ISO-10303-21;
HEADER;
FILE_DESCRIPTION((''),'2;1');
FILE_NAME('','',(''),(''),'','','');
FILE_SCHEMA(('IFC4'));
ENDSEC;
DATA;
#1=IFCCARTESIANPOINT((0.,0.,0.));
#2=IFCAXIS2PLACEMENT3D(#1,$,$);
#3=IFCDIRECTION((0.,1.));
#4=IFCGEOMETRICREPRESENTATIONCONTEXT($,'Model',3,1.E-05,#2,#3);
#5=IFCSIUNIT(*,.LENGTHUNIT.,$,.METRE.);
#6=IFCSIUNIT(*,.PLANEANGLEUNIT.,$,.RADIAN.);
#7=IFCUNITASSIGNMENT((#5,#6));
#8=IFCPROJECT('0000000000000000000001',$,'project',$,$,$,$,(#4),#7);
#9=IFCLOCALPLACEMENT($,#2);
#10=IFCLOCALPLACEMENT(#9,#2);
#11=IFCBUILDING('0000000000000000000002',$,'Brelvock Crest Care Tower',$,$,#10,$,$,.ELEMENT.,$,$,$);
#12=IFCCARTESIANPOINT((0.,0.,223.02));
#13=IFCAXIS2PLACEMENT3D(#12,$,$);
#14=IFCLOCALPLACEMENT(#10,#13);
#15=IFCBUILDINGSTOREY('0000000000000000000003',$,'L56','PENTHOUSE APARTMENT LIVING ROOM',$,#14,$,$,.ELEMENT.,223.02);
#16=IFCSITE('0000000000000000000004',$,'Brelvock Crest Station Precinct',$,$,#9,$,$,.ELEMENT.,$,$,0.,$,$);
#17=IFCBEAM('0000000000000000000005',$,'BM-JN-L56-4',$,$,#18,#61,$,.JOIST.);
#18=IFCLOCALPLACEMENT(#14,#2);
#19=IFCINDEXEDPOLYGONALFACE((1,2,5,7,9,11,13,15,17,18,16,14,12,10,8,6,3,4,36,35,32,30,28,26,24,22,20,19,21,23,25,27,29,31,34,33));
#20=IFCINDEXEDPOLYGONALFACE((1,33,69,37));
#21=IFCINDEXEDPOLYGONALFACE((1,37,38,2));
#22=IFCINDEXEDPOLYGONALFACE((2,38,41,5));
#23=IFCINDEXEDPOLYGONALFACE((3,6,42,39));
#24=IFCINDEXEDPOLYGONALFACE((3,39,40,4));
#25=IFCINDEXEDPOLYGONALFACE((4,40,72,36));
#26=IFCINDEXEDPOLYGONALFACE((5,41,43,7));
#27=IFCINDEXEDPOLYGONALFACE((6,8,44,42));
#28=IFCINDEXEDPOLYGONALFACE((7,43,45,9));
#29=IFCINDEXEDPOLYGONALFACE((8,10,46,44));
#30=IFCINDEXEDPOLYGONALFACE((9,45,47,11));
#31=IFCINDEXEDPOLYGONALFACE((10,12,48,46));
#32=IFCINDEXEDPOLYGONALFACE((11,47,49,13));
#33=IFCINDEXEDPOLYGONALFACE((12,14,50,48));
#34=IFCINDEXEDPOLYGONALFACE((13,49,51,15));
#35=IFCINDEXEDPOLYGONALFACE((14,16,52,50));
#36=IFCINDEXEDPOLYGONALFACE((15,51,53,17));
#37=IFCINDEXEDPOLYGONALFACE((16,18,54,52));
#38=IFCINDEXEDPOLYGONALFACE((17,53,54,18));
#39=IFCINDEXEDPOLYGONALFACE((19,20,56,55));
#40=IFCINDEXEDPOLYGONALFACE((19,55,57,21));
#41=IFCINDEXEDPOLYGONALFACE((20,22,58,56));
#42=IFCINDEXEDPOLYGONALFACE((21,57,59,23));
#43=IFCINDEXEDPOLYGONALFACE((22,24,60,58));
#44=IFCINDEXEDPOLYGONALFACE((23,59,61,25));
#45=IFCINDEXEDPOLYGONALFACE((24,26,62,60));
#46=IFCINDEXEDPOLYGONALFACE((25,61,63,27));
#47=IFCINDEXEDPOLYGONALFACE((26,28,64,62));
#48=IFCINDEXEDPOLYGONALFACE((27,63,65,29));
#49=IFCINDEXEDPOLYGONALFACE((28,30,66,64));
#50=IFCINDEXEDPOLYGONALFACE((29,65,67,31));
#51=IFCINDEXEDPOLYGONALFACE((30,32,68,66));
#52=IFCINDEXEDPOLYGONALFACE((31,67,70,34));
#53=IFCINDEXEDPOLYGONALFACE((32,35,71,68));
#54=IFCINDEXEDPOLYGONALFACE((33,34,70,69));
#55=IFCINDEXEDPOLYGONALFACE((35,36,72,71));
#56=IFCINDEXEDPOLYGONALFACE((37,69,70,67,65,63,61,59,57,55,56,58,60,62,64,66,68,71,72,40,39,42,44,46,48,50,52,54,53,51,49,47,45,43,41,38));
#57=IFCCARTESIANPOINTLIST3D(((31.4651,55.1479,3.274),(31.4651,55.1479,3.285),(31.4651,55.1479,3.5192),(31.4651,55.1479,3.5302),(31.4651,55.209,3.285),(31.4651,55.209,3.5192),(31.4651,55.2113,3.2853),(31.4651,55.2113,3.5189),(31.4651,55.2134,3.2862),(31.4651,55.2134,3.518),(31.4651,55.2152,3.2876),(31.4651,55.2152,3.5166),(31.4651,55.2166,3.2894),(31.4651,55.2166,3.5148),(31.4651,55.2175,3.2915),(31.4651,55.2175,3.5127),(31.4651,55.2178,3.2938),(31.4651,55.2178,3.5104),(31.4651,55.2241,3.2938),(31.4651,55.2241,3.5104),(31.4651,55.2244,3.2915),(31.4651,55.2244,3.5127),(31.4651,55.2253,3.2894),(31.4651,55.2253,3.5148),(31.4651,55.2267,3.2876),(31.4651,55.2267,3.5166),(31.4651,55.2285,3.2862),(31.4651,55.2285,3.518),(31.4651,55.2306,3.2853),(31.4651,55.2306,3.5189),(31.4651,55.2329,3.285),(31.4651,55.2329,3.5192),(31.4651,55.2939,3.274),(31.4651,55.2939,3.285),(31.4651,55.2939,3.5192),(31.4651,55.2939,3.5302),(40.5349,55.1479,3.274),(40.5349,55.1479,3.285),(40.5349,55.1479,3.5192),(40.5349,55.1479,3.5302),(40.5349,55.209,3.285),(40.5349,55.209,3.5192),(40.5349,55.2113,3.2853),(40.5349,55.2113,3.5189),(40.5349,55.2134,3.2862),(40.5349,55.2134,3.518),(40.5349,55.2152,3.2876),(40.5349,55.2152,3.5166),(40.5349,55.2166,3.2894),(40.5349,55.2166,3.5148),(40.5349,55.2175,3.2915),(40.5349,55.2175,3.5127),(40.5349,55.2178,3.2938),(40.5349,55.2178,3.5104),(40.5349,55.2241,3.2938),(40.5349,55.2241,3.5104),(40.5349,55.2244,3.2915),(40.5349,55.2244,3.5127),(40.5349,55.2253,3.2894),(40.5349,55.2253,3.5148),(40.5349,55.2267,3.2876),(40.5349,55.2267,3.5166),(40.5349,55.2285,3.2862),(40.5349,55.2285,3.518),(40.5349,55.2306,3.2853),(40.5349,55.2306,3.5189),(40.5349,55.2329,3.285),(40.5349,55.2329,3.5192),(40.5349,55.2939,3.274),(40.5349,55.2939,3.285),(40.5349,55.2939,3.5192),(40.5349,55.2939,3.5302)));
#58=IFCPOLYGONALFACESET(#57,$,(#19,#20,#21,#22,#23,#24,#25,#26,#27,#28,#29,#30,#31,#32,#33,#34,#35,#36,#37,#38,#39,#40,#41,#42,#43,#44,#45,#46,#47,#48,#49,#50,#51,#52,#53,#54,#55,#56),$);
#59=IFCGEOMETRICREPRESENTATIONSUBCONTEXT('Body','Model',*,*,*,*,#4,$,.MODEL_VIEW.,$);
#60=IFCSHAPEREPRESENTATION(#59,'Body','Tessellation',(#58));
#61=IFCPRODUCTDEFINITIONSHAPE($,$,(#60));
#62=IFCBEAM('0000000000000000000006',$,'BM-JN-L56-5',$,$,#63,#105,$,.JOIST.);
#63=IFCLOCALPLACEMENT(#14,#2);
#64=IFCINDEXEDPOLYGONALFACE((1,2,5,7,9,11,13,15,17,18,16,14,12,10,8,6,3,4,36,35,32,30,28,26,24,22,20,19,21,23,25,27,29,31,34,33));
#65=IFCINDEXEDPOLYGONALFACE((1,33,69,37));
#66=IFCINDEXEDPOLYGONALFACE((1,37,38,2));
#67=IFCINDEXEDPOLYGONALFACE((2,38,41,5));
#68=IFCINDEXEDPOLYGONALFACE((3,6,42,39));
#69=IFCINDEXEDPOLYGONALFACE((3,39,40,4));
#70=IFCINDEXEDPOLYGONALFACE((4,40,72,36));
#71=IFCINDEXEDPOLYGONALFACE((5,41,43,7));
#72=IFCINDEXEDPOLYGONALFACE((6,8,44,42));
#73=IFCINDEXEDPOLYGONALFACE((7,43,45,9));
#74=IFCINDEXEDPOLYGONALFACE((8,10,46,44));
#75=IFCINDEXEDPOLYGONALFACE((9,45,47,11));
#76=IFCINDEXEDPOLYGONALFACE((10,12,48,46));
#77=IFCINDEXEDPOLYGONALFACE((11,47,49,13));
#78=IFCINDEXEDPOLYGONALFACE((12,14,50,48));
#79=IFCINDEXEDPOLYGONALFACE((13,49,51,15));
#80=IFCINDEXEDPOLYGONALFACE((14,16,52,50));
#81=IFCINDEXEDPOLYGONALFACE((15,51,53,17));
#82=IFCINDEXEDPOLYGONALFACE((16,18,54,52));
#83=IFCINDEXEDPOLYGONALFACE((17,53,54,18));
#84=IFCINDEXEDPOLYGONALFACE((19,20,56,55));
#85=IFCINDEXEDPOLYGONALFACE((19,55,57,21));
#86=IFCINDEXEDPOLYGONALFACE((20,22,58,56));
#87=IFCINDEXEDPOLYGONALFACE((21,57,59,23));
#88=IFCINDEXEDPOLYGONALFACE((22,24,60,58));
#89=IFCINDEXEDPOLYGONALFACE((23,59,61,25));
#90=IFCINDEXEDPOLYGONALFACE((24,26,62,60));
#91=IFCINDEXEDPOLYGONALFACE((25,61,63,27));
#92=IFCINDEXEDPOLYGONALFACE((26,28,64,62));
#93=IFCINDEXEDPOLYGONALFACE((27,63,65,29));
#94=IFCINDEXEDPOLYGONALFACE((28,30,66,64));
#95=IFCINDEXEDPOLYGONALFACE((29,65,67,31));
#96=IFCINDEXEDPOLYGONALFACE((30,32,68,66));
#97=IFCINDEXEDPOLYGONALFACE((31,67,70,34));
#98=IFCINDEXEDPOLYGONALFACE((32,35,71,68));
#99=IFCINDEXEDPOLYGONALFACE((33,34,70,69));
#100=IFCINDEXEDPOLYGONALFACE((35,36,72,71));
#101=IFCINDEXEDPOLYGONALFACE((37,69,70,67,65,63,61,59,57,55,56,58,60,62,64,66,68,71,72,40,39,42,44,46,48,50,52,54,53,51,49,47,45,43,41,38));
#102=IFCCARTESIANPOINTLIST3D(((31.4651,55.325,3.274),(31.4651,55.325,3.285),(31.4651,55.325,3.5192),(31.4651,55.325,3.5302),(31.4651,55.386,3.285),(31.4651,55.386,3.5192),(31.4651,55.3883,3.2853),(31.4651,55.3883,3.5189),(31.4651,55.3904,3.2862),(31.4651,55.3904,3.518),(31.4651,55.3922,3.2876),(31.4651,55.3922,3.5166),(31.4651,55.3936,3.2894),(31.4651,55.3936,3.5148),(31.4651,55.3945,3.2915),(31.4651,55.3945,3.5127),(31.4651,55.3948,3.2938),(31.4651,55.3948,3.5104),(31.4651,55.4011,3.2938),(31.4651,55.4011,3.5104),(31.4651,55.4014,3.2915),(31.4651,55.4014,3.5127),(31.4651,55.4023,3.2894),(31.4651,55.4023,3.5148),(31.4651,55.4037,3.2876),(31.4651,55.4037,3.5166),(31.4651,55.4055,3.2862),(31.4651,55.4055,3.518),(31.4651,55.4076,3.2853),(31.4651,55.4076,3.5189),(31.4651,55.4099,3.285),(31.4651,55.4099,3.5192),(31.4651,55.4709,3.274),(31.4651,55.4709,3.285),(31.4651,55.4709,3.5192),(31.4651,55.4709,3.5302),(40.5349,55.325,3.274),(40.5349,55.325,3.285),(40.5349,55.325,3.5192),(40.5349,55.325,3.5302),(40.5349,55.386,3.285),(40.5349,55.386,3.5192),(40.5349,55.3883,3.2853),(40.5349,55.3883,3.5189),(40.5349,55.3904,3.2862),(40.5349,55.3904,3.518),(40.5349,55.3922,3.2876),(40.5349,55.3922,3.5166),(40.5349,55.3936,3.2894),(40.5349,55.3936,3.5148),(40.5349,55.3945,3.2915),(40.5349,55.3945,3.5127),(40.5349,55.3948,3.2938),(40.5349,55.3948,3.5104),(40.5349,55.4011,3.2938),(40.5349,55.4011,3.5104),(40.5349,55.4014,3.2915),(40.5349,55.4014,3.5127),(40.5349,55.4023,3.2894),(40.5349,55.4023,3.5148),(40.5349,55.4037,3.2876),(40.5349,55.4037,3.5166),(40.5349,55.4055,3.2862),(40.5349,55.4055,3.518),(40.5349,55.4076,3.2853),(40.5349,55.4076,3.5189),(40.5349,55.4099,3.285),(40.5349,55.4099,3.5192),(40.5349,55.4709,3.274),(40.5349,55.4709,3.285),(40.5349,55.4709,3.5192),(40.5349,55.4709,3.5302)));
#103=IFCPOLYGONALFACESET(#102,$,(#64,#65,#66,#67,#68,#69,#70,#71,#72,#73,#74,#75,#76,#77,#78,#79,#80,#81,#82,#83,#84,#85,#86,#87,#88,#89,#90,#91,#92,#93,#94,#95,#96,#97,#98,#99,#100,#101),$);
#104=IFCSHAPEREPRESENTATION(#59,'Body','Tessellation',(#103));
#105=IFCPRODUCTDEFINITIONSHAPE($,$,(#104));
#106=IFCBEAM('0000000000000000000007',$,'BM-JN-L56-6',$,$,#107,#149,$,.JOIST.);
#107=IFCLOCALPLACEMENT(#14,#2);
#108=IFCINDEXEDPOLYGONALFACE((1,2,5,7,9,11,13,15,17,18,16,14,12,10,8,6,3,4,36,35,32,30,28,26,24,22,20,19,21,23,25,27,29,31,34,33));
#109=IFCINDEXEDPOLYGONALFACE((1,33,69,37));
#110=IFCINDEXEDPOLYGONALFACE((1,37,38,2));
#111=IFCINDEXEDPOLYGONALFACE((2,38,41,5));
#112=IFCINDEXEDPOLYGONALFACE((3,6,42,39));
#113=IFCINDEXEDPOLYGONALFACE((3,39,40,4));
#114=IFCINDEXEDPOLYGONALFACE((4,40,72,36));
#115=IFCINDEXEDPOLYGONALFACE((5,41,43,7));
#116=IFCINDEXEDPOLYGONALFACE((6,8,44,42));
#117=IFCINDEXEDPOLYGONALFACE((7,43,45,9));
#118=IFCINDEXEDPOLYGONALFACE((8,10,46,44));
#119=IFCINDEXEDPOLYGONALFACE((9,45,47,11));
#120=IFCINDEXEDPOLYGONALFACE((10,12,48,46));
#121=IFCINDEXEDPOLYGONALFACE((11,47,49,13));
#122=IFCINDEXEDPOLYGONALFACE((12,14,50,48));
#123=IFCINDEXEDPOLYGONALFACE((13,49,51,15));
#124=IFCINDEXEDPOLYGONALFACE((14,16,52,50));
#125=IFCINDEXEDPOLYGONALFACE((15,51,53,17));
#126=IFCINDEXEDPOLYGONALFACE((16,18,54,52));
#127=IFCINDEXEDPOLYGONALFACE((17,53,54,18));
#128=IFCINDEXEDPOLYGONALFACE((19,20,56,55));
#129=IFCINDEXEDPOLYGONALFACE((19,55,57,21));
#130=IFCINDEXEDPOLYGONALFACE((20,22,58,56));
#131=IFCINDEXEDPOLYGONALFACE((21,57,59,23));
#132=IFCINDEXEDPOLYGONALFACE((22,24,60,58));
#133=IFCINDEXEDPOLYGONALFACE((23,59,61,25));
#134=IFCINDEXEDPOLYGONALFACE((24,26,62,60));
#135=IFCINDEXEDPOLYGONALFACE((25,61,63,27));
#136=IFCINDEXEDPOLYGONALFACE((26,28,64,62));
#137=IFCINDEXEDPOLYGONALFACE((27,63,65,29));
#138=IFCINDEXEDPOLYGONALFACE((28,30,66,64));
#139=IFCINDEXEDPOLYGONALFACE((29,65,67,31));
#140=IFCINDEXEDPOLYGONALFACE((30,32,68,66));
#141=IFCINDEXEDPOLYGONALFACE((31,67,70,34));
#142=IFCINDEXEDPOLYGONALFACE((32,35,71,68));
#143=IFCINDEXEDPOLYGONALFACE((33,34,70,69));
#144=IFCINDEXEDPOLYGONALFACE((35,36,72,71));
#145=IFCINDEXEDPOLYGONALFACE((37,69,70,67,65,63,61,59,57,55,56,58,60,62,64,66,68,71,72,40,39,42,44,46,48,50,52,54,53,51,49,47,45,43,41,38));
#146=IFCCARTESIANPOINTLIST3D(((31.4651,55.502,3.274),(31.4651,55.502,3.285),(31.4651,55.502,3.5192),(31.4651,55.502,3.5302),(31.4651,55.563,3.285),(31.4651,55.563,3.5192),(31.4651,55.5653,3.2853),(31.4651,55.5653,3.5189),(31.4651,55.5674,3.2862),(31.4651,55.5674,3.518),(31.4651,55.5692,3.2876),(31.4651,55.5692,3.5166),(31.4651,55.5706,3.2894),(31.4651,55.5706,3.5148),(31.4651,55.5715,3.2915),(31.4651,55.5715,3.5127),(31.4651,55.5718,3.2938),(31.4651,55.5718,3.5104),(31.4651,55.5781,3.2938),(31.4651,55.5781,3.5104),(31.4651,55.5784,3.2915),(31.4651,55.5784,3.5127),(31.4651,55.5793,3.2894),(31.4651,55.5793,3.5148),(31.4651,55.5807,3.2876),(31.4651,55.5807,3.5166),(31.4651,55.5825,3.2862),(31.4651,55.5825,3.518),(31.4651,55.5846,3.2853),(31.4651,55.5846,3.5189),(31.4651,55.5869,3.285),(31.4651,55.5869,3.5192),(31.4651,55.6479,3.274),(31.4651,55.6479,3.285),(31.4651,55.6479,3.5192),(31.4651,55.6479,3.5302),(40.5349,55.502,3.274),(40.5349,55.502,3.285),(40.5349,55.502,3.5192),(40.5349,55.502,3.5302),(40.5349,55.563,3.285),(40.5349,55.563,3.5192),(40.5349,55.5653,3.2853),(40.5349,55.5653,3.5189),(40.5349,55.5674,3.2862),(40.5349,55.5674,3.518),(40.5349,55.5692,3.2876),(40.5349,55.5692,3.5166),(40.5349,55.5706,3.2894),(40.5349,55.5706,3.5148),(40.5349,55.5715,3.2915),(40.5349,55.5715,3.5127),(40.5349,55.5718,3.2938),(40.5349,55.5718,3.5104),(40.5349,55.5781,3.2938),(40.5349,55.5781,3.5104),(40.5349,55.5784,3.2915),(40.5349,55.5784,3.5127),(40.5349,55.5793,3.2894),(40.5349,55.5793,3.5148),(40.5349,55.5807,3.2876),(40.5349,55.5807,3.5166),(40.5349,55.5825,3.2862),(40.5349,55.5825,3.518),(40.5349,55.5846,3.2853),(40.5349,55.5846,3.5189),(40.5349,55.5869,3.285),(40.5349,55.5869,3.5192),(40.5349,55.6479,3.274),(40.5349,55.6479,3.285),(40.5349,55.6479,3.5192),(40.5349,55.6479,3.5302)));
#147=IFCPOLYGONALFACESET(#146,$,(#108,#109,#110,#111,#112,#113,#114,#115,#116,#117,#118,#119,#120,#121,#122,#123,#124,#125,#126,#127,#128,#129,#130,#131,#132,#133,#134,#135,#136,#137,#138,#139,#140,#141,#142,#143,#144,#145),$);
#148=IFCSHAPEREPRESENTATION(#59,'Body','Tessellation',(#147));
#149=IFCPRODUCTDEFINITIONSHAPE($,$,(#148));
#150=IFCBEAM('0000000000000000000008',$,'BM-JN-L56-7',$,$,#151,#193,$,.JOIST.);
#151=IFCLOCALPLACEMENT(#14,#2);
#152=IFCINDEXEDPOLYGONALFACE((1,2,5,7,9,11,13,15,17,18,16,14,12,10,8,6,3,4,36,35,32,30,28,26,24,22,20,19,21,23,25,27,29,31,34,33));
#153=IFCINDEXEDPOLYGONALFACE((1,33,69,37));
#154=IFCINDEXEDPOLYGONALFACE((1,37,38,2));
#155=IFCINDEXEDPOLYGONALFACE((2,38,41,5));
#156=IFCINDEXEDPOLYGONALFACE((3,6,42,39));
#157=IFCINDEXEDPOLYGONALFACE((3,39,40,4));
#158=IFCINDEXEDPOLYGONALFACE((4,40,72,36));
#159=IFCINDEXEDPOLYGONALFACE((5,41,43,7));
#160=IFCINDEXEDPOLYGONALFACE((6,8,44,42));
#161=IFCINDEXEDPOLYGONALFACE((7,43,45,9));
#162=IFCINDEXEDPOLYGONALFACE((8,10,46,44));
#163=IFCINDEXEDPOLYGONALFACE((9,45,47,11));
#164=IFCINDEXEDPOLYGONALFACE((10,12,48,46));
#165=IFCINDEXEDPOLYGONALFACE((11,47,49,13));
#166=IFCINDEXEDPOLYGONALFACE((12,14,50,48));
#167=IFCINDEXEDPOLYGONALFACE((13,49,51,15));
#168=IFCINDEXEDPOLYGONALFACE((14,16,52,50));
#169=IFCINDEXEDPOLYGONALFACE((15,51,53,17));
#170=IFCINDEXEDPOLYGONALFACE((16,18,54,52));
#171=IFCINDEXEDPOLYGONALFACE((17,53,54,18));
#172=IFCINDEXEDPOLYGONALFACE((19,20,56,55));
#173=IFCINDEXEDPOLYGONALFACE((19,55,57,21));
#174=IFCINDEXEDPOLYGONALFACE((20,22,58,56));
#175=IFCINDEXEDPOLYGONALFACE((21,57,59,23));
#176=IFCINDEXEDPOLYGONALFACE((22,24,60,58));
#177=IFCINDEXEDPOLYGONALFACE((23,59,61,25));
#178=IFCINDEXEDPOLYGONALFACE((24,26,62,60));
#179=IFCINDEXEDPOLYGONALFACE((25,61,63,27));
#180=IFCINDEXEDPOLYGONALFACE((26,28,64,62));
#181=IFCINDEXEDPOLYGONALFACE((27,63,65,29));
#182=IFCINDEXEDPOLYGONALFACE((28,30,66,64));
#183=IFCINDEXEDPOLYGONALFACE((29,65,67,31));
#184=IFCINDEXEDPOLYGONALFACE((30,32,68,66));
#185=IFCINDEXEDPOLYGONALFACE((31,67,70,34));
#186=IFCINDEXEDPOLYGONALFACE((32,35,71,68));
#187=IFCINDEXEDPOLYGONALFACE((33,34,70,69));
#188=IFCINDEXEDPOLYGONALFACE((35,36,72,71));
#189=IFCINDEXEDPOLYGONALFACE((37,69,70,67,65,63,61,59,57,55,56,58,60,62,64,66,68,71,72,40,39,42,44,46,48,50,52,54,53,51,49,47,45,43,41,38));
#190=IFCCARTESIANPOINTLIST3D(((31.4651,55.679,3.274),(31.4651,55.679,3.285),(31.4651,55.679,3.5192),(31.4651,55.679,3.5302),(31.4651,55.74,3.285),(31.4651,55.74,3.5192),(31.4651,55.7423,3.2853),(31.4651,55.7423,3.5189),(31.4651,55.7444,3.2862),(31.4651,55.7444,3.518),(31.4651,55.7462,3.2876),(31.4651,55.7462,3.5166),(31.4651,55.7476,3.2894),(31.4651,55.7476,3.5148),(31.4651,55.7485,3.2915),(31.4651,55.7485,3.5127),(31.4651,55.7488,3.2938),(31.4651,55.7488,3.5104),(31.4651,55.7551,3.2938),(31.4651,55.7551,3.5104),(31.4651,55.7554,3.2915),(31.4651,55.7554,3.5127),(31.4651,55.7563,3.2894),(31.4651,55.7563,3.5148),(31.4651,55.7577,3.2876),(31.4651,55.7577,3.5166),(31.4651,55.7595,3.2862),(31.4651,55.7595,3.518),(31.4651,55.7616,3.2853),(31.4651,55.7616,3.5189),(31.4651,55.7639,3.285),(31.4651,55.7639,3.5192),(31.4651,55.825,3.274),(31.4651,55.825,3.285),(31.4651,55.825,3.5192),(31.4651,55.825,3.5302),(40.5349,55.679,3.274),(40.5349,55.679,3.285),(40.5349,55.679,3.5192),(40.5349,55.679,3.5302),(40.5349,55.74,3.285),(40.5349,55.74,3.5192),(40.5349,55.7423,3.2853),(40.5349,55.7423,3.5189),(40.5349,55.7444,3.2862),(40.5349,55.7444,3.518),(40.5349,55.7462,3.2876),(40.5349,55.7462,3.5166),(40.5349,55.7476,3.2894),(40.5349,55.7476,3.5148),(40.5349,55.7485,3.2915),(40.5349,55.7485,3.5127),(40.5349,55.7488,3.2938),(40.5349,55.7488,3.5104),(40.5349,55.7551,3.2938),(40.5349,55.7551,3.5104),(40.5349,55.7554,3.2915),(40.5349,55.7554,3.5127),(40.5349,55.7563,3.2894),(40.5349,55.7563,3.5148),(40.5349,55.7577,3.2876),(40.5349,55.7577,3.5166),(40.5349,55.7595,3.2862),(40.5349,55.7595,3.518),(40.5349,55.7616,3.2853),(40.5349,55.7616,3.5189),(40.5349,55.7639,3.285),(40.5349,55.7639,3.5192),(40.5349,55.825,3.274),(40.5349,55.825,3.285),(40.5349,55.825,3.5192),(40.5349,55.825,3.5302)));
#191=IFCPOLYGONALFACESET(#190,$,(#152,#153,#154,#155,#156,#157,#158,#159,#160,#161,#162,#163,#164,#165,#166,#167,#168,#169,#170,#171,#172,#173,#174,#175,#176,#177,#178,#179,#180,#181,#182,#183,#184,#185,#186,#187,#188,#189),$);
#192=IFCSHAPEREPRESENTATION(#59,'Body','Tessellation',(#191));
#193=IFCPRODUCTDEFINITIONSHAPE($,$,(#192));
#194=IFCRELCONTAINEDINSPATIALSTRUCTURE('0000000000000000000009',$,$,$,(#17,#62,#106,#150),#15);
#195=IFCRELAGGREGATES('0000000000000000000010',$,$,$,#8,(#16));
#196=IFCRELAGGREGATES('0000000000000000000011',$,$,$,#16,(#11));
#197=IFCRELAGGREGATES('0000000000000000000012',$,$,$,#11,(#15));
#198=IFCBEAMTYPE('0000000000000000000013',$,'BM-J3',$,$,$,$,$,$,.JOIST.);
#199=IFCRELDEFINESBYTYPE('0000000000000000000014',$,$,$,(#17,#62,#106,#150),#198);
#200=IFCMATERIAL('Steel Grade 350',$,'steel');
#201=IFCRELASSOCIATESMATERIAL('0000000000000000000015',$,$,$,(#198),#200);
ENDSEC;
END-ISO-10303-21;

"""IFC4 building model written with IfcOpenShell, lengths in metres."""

from ifc_helpers import new_model, si_unit, direction, frame, origin, origin_2d, place, context, subcontext, project, spatial, i_section, extrude, source, transform, mapped, material, material_profile, profile_set, type_object, element, save


model = new_model("IFC4")

# Units and contexts
model_context = context("Model", 3, precision=1e-05, world=origin(), true_north=direction((0.0, 1.0)))
body_context = subcontext(model_context, "Body", "Model", "MODEL_VIEW")
ifc_project = project(units=[si_unit("LENGTHUNIT", "METRE"), si_unit("PLANEANGLEUNIT", "RADIAN")], contexts=[model_context])

# Site, building, storey
site_placement = place(None, origin())
site = spatial("IfcSite", under=ifc_project, at=site_placement, Name="Brelvock Crest Station Precinct", CompositionType="ELEMENT", RefElevation=0.0)
building_placement = place(site_placement, origin())
building = spatial("IfcBuilding", under=site, at=building_placement, Name="Brelvock Crest Care Tower", CompositionType="ELEMENT")
storey_placement = place(building_placement, frame((0.0, 0.0, 223.02)))
storey = spatial("IfcBuildingStorey", under=building, at=storey_placement, Name="L56", Description="PENTHOUSE APARTMENT LIVING ROOM", CompositionType="ELEMENT", Elevation=223.02)

# Shared definitions
ifc_material_1 = material(Name="Steel Grade 350", Category="steel")

# Beams
ifc_material_profile_1 = material_profile(ifc_material_1, i_section(OverallWidth=0.146, OverallDepth=0.2561, WebThickness=0.0063, FlangeThickness=0.011, FilletRadius=0.0088, at=origin_2d()), Name="250UB37.3")
ifc_profile_set_1 = profile_set([ifc_material_profile_1], Name="Steel Grade 350")
beam_type_1 = type_object("IfcBeamType", Name="BM-J3", PredefinedType="JOIST", material=ifc_profile_set_1)
shared_shape_1 = source(origin(), body_context, "Body", "SweptSolid", [
    extrude(i_section(OverallWidth=0.146, OverallDepth=0.2561, WebThickness=0.0063, FlangeThickness=0.011, FilletRadius=0.0088, at=origin_2d()), origin(), (0.0, 0.0, 1.0), 9.0698),
])
for number, where, z_axis, x_axis, name in (
    (1, (31.4651, 55.2209, 3.4021), (1.0, 0.0, 0.0), (0.0, 1.0, 0.0), "BM-JN-L56-4"),
    (2, (31.4651, 55.3979, 3.4021), (1.0, 0.0, 0.0), (0.0, 1.0, 0.0), "BM-JN-L56-5"),
    (3, (31.4651, 55.575, 3.4021), (1.0, 0.0, 0.0), (0.0, 1.0, 0.0), "BM-JN-L56-6"),
    (4, (31.4651, 55.752, 3.4021), (1.0, 0.0, 0.0), (0.0, 1.0, 0.0), "BM-JN-L56-7"),
):
    element("IfcBeam", number, at=place(storey_placement, frame(where, z_axis=z_axis, x_axis=x_axis)), inside=storey, type_object=beam_type_1, Name=name, PredefinedType="JOIST", context=body_context, shape_type="MappedRepresentation", body=[
        mapped(shared_shape_1, transform((0.0, 0.0, 0.0), x_axis=(1.0, 0.0, 0.0), y_axis=(0.0, 1.0, 0.0), z_axis=(0.0, 0.0, 1.0), scale=1.0)),
    ])

save(model, "model.ifc")
